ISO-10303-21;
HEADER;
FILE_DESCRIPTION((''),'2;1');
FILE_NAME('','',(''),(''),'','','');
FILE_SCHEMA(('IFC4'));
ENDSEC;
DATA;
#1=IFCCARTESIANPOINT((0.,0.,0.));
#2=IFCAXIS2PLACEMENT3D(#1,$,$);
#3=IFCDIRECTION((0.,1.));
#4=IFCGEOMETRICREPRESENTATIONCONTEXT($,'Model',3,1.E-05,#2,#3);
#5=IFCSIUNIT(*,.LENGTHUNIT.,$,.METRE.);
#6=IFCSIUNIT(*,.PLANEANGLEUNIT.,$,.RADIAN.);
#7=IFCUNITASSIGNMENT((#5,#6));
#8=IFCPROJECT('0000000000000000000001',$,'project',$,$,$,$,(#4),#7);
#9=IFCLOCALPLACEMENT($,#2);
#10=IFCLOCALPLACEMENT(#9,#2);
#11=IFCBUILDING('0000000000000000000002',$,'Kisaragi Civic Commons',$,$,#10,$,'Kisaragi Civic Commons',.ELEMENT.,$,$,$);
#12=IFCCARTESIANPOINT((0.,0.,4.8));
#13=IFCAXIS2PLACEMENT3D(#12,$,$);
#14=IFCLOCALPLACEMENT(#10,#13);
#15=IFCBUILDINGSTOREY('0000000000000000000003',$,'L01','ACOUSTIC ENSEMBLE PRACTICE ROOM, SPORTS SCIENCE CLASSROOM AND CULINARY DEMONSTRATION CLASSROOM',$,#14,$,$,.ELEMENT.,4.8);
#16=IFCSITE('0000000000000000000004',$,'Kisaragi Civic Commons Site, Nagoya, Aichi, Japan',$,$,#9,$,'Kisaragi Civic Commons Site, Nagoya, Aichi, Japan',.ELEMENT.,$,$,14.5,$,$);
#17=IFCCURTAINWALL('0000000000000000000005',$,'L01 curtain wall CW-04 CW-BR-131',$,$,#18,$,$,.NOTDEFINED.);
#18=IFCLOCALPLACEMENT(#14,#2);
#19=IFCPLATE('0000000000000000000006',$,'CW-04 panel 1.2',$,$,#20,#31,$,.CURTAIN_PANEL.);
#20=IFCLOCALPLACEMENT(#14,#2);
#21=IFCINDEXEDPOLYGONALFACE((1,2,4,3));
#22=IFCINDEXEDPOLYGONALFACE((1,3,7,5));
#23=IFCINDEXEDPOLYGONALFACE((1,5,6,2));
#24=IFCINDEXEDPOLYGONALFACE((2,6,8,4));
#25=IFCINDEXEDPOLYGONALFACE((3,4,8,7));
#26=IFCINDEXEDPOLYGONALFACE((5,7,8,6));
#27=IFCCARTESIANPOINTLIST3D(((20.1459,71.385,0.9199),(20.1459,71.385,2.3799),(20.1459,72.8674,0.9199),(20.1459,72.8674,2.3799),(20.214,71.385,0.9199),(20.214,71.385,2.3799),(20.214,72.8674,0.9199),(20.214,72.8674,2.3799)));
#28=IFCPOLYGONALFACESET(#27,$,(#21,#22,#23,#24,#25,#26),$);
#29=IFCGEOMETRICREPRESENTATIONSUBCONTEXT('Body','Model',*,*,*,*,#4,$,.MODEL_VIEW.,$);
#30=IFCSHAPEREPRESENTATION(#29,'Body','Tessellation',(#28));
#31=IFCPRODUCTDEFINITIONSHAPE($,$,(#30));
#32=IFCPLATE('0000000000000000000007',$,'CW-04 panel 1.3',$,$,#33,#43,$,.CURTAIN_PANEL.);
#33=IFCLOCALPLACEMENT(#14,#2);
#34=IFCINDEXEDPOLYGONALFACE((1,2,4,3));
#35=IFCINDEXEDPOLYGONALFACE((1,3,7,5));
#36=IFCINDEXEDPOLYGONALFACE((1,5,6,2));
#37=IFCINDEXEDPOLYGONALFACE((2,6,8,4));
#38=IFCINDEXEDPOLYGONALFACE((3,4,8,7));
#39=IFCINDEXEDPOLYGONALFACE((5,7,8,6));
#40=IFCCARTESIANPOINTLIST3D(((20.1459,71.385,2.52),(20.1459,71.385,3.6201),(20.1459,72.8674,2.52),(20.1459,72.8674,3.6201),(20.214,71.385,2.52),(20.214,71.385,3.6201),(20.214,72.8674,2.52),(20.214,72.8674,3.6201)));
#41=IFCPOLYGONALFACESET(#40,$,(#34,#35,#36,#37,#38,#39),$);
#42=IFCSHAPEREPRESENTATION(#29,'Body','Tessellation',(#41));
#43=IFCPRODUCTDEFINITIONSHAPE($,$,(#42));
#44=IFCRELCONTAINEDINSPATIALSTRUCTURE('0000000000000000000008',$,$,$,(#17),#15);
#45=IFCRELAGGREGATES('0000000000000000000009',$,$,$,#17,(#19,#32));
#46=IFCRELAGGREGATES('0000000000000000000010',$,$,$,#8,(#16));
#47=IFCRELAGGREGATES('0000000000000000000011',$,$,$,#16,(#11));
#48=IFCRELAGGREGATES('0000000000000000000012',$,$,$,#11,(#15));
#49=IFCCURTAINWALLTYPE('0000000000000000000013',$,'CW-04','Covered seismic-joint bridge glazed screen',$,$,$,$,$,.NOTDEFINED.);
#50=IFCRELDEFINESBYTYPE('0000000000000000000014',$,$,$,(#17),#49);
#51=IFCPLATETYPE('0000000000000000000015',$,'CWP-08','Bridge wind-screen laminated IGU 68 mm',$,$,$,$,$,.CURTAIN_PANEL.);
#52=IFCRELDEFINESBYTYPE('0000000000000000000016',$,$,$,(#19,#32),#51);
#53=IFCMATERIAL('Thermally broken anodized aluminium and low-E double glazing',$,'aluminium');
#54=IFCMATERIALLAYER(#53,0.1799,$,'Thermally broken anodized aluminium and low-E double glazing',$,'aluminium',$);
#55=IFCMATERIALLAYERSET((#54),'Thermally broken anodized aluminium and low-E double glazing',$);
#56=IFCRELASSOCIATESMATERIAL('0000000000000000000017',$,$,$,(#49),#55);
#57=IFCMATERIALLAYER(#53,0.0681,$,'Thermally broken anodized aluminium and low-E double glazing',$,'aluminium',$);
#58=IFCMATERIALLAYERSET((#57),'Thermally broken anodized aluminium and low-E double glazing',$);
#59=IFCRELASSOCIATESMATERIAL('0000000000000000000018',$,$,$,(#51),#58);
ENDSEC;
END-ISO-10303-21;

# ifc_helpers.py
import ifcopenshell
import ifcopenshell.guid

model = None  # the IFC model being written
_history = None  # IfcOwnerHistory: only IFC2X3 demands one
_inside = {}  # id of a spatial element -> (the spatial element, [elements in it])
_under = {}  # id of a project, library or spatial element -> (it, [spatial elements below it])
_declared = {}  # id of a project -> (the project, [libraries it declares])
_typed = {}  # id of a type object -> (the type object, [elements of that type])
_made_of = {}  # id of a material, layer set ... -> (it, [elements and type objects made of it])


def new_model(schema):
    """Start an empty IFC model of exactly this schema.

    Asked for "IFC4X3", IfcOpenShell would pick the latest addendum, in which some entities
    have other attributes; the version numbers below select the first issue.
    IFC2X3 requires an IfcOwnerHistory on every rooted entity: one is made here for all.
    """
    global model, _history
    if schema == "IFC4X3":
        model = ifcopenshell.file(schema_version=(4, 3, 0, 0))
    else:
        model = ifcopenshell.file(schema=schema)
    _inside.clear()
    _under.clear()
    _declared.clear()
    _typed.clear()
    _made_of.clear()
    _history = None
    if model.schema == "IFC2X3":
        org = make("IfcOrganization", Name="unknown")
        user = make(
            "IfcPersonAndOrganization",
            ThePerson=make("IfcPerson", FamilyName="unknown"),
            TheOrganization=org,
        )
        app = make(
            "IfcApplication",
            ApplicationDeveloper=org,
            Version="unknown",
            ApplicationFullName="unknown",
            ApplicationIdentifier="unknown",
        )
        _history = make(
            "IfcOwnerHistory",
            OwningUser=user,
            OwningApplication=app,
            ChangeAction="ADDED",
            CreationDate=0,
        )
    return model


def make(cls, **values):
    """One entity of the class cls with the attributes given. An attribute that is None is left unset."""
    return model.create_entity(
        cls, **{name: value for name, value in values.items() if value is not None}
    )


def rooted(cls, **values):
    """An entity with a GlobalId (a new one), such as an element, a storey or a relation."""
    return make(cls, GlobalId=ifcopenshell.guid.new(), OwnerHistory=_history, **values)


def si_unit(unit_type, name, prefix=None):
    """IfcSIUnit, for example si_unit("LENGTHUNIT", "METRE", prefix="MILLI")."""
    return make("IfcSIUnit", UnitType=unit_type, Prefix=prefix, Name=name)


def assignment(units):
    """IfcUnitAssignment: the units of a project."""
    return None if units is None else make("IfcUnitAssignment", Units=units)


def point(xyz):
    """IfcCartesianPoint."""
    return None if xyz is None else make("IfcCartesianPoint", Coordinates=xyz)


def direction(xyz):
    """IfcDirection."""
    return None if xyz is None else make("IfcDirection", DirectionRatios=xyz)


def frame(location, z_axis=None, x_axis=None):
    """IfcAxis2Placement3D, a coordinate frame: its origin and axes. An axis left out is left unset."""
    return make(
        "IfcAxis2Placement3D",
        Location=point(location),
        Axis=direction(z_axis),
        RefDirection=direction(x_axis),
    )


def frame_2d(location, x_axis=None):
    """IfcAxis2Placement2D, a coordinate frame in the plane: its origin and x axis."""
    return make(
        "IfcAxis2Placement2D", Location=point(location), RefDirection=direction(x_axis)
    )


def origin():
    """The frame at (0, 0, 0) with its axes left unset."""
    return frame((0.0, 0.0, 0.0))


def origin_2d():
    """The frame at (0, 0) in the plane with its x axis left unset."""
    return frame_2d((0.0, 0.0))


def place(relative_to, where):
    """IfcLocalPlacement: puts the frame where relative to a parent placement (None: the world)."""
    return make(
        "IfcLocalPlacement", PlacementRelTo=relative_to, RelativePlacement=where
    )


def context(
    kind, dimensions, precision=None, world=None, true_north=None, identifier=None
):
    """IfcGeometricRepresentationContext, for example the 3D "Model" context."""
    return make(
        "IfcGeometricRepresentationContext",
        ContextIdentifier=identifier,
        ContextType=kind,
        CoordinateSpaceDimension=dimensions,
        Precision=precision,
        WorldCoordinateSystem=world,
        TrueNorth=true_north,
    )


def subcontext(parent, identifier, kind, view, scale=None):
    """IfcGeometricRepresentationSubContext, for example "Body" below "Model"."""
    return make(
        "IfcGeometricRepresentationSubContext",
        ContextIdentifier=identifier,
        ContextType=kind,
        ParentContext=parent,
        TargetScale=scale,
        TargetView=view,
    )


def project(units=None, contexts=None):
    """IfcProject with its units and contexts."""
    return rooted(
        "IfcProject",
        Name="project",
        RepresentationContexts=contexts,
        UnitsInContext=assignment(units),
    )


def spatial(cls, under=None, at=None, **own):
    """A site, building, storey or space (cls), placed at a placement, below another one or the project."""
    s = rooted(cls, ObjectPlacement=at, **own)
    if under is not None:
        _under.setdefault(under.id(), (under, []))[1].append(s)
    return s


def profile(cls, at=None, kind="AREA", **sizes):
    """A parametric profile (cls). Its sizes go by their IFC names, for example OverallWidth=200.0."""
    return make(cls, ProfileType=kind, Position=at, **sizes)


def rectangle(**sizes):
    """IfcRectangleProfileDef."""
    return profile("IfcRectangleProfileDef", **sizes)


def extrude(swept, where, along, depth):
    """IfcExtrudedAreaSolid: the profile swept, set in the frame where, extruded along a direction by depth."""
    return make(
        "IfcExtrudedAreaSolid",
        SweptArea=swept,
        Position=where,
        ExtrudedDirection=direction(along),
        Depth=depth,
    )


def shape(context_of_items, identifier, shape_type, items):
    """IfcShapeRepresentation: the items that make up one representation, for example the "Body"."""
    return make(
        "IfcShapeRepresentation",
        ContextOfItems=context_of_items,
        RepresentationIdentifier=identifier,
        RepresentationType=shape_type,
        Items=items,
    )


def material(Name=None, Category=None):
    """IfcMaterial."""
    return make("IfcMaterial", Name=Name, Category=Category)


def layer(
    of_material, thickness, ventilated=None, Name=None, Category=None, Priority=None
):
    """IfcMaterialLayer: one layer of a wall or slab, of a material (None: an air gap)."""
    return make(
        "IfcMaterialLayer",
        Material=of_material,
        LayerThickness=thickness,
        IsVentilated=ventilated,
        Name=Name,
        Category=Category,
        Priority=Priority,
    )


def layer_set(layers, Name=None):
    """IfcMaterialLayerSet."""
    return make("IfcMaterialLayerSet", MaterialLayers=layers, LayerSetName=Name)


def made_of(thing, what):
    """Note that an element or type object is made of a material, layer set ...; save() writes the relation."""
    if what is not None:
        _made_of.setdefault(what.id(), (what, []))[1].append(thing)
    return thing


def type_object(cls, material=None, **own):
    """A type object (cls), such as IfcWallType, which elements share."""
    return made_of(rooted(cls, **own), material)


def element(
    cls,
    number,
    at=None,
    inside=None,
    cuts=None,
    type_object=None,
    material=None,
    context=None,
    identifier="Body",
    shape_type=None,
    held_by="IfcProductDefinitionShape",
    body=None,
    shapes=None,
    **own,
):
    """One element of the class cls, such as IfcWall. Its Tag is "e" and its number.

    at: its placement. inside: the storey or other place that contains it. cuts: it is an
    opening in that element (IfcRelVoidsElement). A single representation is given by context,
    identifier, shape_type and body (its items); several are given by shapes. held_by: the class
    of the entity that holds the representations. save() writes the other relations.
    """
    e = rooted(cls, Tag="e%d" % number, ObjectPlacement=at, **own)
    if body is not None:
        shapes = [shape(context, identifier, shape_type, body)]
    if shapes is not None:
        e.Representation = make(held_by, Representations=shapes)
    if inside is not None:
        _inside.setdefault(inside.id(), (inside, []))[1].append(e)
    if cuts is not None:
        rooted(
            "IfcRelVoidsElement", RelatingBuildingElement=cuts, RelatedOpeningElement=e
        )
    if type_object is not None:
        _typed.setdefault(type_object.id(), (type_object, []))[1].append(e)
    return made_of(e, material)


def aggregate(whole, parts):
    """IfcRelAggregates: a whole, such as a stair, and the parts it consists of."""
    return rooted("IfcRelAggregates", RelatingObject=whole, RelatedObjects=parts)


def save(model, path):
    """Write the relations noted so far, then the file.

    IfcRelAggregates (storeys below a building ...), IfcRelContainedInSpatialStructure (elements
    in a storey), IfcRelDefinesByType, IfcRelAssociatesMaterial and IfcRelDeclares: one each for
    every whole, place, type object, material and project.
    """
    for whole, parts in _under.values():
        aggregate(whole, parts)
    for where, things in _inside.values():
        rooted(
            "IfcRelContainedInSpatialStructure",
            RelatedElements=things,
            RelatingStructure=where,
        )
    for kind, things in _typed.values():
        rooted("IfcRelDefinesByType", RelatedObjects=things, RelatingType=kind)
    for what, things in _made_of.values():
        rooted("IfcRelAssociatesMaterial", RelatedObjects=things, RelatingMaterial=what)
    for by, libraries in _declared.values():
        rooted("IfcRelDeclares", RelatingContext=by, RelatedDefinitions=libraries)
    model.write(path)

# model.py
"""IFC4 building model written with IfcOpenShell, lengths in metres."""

from ifc_helpers import new_model, si_unit, direction, frame, origin, origin_2d, place, context, subcontext, project, spatial, rectangle, extrude, material, layer, layer_set, type_object, element, aggregate, save


model = new_model("IFC4")

# Units and contexts
model_context = context("Model", 3, precision=1e-05, world=origin(), true_north=direction((0.0, 1.0)))
body_context = subcontext(model_context, "Body", "Model", "MODEL_VIEW")
ifc_project = project(units=[si_unit("LENGTHUNIT", "METRE"), si_unit("PLANEANGLEUNIT", "RADIAN")], contexts=[model_context])

# Site, building, storey
site_placement = place(None, origin())
site = spatial("IfcSite", under=ifc_project, at=site_placement, Name="Kisaragi Civic Commons Site, Nagoya, Aichi, Japan", LongName="Kisaragi Civic Commons Site, Nagoya, Aichi, Japan", CompositionType="ELEMENT", RefElevation=14.5)
building_placement = place(site_placement, origin())
building = spatial("IfcBuilding", under=site, at=building_placement, Name="Kisaragi Civic Commons", LongName="Kisaragi Civic Commons", CompositionType="ELEMENT")
storey_placement = place(building_placement, frame((0.0, 0.0, 4.8)))
storey = spatial("IfcBuildingStorey", under=building, at=storey_placement, Name="L01", Description="ACOUSTIC ENSEMBLE PRACTICE ROOM, SPORTS SCIENCE CLASSROOM AND CULINARY DEMONSTRATION CLASSROOM", CompositionType="ELEMENT", Elevation=4.8)

# Shared definitions
ifc_material_1 = material(Name="Thermally broken anodized aluminium and low-E double glazing", Category="aluminium")
ifc_layer_1 = layer(ifc_material_1, 0.1799, Name="Thermally broken anodized aluminium and low-E double glazing", Category="aluminium")
ifc_layer_set_1 = layer_set([ifc_layer_1], Name="Thermally broken anodized aluminium and low-E double glazing")
curtain_wall_type = type_object("IfcCurtainWallType", Name="CW-04", Description="Covered seismic-joint bridge glazed screen", PredefinedType="NOTDEFINED", material=ifc_layer_set_1)

# Curtain wall
curtain_wall_1_placement = place(storey_placement, origin())
curtain_wall_1 = element("IfcCurtainWall", 1, at=curtain_wall_1_placement, inside=storey, type_object=curtain_wall_type, Name="L01 curtain wall CW-04 CW-BR-131", PredefinedType="NOTDEFINED")

# Plates
ifc_layer_2 = layer(ifc_material_1, 0.0681, Name="Thermally broken anodized aluminium and low-E double glazing", Category="aluminium")
ifc_layer_set_2 = layer_set([ifc_layer_2], Name="Thermally broken anodized aluminium and low-E double glazing")
plate_type_1 = type_object("IfcPlateType", Name="CWP-08", Description="Bridge wind-screen laminated IGU 68 mm", PredefinedType="CURTAIN_PANEL", material=ifc_layer_set_2)
plate_1_placement = place(storey_placement, frame((20.1799, 72.1262, 0.9199), z_axis=(0.0, 0.0, 1.0), x_axis=(0.0, 1.0, 0.0)))
plate_1 = element("IfcPlate", 2, at=plate_1_placement, type_object=plate_type_1, Name="CW-04 panel 1.2", PredefinedType="CURTAIN_PANEL", context=body_context, shape_type="SweptSolid", body=[
    extrude(rectangle(XDim=1.4824, YDim=0.0681, at=origin_2d()), origin(), (0.0, 0.0, 1.0), 1.46),
])
plate_2_placement = place(storey_placement, frame((20.1799, 72.1262, 2.52), z_axis=(0.0, 0.0, 1.0), x_axis=(0.0, 1.0, 0.0)))
plate_2 = element("IfcPlate", 3, at=plate_2_placement, type_object=plate_type_1, Name="CW-04 panel 1.3", PredefinedType="CURTAIN_PANEL", context=body_context, shape_type="SweptSolid", body=[
    extrude(rectangle(XDim=1.4824, YDim=0.0681, at=origin_2d()), origin(), (0.0, 0.0, 1.0), 1.1001),
])
aggregate(curtain_wall_1, [plate_1, plate_2])

save(model, "model.ifc")
